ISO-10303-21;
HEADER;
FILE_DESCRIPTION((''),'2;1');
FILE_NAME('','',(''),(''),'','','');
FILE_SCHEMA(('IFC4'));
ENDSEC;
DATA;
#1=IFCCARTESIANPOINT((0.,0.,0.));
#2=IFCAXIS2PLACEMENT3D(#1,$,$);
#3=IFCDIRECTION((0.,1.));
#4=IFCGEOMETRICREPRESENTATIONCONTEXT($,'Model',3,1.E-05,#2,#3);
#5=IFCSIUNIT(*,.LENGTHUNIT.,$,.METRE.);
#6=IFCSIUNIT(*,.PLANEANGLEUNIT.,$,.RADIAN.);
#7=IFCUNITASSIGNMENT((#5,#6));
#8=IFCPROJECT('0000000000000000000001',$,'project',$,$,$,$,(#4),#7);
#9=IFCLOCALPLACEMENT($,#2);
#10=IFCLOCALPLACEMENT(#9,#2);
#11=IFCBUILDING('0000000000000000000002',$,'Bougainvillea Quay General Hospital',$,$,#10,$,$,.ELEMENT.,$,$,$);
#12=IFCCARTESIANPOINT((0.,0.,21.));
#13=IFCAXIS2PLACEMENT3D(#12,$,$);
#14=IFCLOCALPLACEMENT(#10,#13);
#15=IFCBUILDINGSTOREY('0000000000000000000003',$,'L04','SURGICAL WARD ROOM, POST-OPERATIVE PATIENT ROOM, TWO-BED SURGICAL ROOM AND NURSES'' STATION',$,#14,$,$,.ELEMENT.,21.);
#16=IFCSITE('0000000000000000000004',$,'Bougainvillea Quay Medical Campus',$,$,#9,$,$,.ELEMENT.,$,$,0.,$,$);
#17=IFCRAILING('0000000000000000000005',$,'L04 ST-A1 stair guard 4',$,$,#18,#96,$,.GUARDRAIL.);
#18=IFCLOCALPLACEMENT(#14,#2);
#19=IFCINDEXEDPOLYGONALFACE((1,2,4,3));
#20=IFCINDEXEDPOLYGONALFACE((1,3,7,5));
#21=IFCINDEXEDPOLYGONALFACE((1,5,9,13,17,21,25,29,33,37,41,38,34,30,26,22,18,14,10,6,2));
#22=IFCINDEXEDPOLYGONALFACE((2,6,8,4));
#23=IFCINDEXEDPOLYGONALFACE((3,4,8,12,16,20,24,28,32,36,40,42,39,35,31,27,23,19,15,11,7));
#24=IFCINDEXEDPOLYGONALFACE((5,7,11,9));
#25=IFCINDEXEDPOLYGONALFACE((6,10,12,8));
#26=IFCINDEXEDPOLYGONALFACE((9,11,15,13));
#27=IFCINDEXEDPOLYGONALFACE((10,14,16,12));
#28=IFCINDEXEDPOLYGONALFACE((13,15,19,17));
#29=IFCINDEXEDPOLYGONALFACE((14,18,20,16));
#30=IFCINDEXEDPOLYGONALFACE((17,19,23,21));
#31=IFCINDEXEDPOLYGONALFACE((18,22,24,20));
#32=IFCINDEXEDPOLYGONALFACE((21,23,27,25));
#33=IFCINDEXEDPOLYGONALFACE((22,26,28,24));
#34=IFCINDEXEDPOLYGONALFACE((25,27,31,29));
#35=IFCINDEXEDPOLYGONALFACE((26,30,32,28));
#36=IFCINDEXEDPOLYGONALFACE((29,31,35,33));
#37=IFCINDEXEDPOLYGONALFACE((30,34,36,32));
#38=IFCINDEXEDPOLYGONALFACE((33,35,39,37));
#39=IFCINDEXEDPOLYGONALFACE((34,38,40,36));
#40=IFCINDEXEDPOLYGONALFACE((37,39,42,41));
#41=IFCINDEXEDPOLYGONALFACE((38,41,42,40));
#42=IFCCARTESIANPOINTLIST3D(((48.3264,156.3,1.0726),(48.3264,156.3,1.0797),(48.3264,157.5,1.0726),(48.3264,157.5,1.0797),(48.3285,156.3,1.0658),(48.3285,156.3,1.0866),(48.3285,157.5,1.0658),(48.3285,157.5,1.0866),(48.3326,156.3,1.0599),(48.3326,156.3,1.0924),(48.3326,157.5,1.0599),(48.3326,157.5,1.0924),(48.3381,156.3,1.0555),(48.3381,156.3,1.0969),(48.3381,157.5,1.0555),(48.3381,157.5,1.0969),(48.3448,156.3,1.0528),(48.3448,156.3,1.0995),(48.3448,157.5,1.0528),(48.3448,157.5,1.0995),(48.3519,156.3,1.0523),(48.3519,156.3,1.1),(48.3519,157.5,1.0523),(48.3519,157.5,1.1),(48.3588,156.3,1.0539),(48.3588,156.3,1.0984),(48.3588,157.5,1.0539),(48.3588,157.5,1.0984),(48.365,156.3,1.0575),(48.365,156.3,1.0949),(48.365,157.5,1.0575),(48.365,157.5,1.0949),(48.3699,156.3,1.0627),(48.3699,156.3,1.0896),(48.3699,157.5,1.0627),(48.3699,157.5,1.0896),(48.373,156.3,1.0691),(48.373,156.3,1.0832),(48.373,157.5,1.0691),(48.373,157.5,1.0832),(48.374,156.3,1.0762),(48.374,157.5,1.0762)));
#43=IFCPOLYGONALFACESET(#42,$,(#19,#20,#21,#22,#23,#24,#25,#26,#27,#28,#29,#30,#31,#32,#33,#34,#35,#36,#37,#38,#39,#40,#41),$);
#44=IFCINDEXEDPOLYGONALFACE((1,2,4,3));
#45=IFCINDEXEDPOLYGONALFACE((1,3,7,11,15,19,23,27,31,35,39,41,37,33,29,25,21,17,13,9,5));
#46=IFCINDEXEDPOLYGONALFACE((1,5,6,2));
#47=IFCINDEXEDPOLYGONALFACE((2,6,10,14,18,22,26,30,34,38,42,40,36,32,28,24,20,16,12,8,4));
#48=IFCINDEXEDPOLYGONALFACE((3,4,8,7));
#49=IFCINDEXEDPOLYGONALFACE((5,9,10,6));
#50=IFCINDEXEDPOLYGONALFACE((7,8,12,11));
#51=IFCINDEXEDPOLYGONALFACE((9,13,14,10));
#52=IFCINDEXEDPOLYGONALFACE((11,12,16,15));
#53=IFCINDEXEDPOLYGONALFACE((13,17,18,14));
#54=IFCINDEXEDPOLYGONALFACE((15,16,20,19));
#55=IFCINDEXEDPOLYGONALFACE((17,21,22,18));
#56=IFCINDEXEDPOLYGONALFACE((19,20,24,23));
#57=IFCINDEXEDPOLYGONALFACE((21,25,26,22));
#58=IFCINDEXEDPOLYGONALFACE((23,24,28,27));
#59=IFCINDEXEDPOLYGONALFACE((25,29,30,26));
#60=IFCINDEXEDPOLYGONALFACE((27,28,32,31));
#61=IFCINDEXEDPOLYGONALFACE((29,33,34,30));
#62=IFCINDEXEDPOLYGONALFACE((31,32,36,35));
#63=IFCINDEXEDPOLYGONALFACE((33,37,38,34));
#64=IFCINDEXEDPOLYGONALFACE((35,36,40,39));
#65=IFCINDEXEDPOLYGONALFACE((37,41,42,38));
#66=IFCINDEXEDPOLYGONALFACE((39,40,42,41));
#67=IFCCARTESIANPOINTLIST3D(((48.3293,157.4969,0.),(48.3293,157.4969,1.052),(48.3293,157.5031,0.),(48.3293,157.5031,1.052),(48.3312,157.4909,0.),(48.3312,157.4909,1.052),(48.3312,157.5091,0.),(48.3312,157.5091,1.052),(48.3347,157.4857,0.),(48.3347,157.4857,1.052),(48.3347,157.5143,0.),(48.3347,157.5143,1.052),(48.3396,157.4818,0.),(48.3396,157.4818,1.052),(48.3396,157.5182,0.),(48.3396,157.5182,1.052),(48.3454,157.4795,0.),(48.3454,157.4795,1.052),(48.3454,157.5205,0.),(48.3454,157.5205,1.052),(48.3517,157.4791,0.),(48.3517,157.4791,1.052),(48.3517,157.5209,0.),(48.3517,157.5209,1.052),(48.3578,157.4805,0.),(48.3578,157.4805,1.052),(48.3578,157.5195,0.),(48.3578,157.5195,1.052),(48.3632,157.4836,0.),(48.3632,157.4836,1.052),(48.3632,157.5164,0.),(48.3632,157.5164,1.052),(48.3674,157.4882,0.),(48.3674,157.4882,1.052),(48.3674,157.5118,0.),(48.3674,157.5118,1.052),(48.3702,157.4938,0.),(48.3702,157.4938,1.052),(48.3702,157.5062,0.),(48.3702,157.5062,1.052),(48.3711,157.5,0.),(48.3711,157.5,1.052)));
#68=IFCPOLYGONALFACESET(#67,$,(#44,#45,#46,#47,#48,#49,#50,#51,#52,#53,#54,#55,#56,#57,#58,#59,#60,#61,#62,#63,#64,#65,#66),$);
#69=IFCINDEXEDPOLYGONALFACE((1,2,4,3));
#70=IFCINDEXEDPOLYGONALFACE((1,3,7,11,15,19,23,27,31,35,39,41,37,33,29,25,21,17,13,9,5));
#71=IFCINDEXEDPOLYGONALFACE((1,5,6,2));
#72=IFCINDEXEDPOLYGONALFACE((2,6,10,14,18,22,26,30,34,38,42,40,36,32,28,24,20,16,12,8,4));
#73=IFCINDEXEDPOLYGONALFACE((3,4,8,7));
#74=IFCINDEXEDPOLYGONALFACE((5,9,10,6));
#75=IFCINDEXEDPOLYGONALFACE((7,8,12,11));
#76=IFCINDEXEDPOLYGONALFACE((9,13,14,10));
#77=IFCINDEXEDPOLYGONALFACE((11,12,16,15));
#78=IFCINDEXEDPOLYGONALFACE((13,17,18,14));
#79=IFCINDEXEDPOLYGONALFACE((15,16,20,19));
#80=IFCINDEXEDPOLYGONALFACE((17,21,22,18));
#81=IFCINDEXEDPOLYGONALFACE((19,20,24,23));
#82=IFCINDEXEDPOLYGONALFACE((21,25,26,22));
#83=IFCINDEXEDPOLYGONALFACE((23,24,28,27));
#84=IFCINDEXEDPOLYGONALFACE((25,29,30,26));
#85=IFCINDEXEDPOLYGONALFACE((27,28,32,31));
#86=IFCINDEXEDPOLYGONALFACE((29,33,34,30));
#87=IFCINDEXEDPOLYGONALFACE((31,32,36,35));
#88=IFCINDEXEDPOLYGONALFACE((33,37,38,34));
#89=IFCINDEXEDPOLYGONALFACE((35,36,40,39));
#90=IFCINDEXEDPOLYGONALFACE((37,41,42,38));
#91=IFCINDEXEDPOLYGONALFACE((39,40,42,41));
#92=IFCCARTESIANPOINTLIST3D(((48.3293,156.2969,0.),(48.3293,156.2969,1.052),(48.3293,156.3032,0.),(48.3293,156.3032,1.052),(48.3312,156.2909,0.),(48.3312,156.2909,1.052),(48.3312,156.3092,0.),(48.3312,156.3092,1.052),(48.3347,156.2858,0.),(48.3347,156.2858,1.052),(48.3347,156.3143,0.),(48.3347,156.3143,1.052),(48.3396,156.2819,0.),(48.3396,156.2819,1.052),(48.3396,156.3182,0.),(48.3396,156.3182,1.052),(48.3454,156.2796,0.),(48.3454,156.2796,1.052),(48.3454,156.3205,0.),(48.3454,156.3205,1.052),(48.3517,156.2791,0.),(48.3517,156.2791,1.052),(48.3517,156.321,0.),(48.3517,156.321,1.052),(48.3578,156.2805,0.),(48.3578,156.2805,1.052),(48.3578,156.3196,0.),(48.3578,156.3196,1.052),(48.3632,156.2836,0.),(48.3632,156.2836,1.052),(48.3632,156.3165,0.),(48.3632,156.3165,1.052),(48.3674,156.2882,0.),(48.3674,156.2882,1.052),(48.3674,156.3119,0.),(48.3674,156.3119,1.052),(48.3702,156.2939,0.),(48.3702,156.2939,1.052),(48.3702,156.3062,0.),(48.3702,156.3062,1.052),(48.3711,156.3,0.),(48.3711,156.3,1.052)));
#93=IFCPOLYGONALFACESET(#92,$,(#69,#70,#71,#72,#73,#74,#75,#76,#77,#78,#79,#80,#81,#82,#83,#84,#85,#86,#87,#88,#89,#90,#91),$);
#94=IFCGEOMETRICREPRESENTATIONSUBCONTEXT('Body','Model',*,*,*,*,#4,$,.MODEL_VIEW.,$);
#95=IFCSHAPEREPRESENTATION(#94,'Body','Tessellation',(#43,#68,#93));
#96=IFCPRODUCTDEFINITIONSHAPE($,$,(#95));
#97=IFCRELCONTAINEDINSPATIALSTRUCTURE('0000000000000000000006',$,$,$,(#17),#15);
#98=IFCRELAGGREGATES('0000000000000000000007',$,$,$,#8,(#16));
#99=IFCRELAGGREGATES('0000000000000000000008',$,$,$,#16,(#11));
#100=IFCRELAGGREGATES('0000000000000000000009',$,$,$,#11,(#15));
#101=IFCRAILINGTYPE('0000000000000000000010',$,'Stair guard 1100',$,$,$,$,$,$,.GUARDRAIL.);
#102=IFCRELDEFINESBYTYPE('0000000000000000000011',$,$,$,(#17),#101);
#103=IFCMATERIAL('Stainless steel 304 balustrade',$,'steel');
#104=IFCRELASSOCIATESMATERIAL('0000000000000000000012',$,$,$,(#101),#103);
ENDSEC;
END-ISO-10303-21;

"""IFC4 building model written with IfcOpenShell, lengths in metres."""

from ifc_helpers import new_model, si_unit, direction, frame, origin, origin_2d, place, context, subcontext, project, spatial, circle, extrude, material, type_object, element, save


model = new_model("IFC4")

# Units and contexts
model_context = context("Model", 3, precision=1e-05, world=origin(), true_north=direction((0.0, 1.0)))
body_context = subcontext(model_context, "Body", "Model", "MODEL_VIEW")
ifc_project = project(units=[si_unit("LENGTHUNIT", "METRE"), si_unit("PLANEANGLEUNIT", "RADIAN")], contexts=[model_context])

# Site, building, storey
site_placement = place(None, origin())
site = spatial("IfcSite", under=ifc_project, at=site_placement, Name="Bougainvillea Quay Medical Campus", CompositionType="ELEMENT", RefElevation=0.0)
building_placement = place(site_placement, origin())
building = spatial("IfcBuilding", under=site, at=building_placement, Name="Bougainvillea Quay General Hospital", CompositionType="ELEMENT")
storey_placement = place(building_placement, frame((0.0, 0.0, 21.0)))
storey = spatial("IfcBuildingStorey", under=building, at=storey_placement, Name="L04", Description="SURGICAL WARD ROOM, POST-OPERATIVE PATIENT ROOM, TWO-BED SURGICAL ROOM AND NURSES' STATION", CompositionType="ELEMENT", Elevation=21.0)

# Railing
ifc_material_1 = material(Name="Stainless steel 304 balustrade", Category="steel")
railing_type_1 = type_object("IfcRailingType", Name="Stair guard 1100", PredefinedType="GUARDRAIL", material=ifc_material_1)
railing_1_placement = place(storey_placement, frame((48.3501, 157.5, 0.0)))
element("IfcRailing", 1, at=railing_1_placement, inside=storey, type_object=railing_type_1, Name="L04 ST-A1 stair guard 4", PredefinedType="GUARDRAIL", context=body_context, shape_type="SweptSolid", body=[
    extrude(circle(Radius=0.0239, at=origin_2d()), frame((0.0, 0.0, 1.0762), z_axis=(0.0, -1.0, 0.0), x_axis=(1.0, 0.0, 0.0)), (0.0, 0.0, 1.0), 1.2),
    extrude(circle(Radius=0.021, at=origin_2d()), origin(), (0.0, 0.0, 1.0), 1.052),
    extrude(circle(Radius=0.021, at=origin_2d()), frame((0.0, -1.2, 0.0)), (0.0, 0.0, 1.0), 1.052),
])

save(model, "model.ifc")
